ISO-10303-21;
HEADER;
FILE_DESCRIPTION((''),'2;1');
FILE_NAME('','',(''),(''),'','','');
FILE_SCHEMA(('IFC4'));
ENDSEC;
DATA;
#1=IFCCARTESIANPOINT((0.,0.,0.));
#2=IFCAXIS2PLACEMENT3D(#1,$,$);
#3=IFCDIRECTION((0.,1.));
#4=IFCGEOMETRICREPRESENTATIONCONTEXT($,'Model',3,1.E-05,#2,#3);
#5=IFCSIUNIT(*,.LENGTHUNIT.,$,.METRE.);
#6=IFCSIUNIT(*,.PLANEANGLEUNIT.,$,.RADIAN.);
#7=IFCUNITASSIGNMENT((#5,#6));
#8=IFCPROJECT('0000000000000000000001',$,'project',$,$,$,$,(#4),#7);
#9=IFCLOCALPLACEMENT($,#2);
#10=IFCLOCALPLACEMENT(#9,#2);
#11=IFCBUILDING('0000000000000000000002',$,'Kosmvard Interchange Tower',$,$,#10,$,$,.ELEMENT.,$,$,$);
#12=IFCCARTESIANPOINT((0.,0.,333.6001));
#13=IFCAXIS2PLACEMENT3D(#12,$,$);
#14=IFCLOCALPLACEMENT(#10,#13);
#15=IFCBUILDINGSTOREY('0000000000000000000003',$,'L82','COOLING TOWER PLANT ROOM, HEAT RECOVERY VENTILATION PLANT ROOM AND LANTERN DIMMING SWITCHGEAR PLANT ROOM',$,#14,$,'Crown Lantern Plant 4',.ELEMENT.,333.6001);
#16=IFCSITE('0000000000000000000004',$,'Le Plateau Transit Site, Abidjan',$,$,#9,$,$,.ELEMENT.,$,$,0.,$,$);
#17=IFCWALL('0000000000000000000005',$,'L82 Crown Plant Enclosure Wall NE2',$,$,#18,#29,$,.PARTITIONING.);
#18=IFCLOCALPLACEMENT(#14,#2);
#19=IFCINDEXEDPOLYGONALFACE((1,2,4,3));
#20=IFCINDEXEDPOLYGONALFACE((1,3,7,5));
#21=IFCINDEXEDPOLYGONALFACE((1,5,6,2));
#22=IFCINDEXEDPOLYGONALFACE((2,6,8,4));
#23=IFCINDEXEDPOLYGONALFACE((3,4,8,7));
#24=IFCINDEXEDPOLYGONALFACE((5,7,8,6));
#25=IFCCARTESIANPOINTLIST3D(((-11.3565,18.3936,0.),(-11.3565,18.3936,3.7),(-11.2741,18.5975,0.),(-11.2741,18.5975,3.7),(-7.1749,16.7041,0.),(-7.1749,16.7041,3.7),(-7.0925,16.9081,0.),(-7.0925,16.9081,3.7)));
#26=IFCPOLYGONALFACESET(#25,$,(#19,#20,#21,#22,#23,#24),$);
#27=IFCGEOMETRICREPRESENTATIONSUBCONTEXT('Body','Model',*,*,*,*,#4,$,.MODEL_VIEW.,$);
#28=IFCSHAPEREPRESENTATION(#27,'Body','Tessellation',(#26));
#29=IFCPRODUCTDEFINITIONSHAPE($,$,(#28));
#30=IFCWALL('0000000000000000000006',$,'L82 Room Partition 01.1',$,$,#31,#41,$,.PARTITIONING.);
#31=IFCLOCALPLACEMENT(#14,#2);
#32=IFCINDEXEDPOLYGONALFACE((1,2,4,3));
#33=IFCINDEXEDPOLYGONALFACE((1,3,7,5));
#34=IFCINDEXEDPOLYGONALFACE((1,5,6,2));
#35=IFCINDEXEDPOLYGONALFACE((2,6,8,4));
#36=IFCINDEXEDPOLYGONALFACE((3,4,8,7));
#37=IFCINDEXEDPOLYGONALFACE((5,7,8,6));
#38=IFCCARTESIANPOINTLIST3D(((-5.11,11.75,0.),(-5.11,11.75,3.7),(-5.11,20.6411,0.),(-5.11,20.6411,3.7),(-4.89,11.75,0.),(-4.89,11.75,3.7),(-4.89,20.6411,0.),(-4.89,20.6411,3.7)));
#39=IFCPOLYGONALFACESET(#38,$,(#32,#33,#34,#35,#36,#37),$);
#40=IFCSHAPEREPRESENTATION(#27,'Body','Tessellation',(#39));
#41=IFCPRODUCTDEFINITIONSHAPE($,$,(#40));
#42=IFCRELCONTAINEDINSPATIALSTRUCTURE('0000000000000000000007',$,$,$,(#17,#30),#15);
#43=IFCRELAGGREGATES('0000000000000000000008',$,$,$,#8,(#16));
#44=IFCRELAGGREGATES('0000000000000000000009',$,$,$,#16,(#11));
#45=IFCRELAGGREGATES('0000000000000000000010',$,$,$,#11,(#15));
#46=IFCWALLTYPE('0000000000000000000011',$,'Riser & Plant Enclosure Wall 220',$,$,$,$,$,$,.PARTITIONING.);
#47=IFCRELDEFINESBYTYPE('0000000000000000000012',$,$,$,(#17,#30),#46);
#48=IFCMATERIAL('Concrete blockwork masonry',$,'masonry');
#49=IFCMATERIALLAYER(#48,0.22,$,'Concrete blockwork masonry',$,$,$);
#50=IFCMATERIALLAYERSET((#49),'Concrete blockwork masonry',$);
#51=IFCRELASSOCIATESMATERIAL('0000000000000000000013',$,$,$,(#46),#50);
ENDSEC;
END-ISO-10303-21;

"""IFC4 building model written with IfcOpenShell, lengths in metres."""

from ifc_helpers import new_model, si_unit, direction, frame, frame_2d, origin, place, context, subcontext, project, spatial, rectangle, extrude, material, layer, layer_set, type_object, element, save


model = new_model("IFC4")

# Units and contexts
model_context = context("Model", 3, precision=1e-05, world=origin(), true_north=direction((0.0, 1.0)))
body_context = subcontext(model_context, "Body", "Model", "MODEL_VIEW")
ifc_project = project(units=[si_unit("LENGTHUNIT", "METRE"), si_unit("PLANEANGLEUNIT", "RADIAN")], contexts=[model_context])

# Site, building, storey
site_placement = place(None, origin())
site = spatial("IfcSite", under=ifc_project, at=site_placement, Name="Le Plateau Transit Site, Abidjan", CompositionType="ELEMENT", RefElevation=0.0)
building_placement = place(site_placement, origin())
building = spatial("IfcBuilding", under=site, at=building_placement, Name="Kosmvard Interchange Tower", CompositionType="ELEMENT")
storey_placement = place(building_placement, frame((0.0, 0.0, 333.6001)))
storey = spatial("IfcBuildingStorey", under=building, at=storey_placement, Name="L82", Description="COOLING TOWER PLANT ROOM, HEAT RECOVERY VENTILATION PLANT ROOM AND LANTERN DIMMING SWITCHGEAR PLANT ROOM", LongName="Crown Lantern Plant 4", CompositionType="ELEMENT", Elevation=333.6001)

# Shared definitions
ifc_material_1 = material(Name="Concrete blockwork masonry", Category="masonry")

# Walls
ifc_layer_1 = layer(ifc_material_1, 0.22, Name="Concrete blockwork masonry")
ifc_layer_set_1 = layer_set([ifc_layer_1], Name="Concrete blockwork masonry")
wall_type_1 = type_object("IfcWallType", Name="Riser & Plant Enclosure Wall 220", PredefinedType="PARTITIONING", material=ifc_layer_set_1)
wall_1_placement = place(storey_placement, frame((-7.1338, 16.8062, 0.0), z_axis=(0.0, 0.0, 1.0), x_axis=(-0.927187, 0.374599, 0.0)))
element("IfcWall", 1, at=wall_1_placement, inside=storey, type_object=wall_type_1, Name="L82 Crown Plant Enclosure Wall NE2", PredefinedType="PARTITIONING", context=body_context, shape_type="SweptSolid", body=[
    extrude(rectangle(XDim=4.51, YDim=0.22, at=frame_2d((2.2549, 0.0))), origin(), (0.0, 0.0, 1.0), 3.7),
])
wall_2_placement = place(storey_placement, frame((-5.0, 11.75, 0.0), z_axis=(0.0, 0.0, 1.0), x_axis=(0.0, 1.0, 0.0)))
element("IfcWall", 2, at=wall_2_placement, inside=storey, type_object=wall_type_1, Name="L82 Room Partition 01.1", PredefinedType="PARTITIONING", context=body_context, shape_type="SweptSolid", body=[
    extrude(rectangle(XDim=8.8911, YDim=0.22, at=frame_2d((4.4456, 0.0))), origin(), (0.0, 0.0, 1.0), 3.7),
])

save(model, "model.ifc")
